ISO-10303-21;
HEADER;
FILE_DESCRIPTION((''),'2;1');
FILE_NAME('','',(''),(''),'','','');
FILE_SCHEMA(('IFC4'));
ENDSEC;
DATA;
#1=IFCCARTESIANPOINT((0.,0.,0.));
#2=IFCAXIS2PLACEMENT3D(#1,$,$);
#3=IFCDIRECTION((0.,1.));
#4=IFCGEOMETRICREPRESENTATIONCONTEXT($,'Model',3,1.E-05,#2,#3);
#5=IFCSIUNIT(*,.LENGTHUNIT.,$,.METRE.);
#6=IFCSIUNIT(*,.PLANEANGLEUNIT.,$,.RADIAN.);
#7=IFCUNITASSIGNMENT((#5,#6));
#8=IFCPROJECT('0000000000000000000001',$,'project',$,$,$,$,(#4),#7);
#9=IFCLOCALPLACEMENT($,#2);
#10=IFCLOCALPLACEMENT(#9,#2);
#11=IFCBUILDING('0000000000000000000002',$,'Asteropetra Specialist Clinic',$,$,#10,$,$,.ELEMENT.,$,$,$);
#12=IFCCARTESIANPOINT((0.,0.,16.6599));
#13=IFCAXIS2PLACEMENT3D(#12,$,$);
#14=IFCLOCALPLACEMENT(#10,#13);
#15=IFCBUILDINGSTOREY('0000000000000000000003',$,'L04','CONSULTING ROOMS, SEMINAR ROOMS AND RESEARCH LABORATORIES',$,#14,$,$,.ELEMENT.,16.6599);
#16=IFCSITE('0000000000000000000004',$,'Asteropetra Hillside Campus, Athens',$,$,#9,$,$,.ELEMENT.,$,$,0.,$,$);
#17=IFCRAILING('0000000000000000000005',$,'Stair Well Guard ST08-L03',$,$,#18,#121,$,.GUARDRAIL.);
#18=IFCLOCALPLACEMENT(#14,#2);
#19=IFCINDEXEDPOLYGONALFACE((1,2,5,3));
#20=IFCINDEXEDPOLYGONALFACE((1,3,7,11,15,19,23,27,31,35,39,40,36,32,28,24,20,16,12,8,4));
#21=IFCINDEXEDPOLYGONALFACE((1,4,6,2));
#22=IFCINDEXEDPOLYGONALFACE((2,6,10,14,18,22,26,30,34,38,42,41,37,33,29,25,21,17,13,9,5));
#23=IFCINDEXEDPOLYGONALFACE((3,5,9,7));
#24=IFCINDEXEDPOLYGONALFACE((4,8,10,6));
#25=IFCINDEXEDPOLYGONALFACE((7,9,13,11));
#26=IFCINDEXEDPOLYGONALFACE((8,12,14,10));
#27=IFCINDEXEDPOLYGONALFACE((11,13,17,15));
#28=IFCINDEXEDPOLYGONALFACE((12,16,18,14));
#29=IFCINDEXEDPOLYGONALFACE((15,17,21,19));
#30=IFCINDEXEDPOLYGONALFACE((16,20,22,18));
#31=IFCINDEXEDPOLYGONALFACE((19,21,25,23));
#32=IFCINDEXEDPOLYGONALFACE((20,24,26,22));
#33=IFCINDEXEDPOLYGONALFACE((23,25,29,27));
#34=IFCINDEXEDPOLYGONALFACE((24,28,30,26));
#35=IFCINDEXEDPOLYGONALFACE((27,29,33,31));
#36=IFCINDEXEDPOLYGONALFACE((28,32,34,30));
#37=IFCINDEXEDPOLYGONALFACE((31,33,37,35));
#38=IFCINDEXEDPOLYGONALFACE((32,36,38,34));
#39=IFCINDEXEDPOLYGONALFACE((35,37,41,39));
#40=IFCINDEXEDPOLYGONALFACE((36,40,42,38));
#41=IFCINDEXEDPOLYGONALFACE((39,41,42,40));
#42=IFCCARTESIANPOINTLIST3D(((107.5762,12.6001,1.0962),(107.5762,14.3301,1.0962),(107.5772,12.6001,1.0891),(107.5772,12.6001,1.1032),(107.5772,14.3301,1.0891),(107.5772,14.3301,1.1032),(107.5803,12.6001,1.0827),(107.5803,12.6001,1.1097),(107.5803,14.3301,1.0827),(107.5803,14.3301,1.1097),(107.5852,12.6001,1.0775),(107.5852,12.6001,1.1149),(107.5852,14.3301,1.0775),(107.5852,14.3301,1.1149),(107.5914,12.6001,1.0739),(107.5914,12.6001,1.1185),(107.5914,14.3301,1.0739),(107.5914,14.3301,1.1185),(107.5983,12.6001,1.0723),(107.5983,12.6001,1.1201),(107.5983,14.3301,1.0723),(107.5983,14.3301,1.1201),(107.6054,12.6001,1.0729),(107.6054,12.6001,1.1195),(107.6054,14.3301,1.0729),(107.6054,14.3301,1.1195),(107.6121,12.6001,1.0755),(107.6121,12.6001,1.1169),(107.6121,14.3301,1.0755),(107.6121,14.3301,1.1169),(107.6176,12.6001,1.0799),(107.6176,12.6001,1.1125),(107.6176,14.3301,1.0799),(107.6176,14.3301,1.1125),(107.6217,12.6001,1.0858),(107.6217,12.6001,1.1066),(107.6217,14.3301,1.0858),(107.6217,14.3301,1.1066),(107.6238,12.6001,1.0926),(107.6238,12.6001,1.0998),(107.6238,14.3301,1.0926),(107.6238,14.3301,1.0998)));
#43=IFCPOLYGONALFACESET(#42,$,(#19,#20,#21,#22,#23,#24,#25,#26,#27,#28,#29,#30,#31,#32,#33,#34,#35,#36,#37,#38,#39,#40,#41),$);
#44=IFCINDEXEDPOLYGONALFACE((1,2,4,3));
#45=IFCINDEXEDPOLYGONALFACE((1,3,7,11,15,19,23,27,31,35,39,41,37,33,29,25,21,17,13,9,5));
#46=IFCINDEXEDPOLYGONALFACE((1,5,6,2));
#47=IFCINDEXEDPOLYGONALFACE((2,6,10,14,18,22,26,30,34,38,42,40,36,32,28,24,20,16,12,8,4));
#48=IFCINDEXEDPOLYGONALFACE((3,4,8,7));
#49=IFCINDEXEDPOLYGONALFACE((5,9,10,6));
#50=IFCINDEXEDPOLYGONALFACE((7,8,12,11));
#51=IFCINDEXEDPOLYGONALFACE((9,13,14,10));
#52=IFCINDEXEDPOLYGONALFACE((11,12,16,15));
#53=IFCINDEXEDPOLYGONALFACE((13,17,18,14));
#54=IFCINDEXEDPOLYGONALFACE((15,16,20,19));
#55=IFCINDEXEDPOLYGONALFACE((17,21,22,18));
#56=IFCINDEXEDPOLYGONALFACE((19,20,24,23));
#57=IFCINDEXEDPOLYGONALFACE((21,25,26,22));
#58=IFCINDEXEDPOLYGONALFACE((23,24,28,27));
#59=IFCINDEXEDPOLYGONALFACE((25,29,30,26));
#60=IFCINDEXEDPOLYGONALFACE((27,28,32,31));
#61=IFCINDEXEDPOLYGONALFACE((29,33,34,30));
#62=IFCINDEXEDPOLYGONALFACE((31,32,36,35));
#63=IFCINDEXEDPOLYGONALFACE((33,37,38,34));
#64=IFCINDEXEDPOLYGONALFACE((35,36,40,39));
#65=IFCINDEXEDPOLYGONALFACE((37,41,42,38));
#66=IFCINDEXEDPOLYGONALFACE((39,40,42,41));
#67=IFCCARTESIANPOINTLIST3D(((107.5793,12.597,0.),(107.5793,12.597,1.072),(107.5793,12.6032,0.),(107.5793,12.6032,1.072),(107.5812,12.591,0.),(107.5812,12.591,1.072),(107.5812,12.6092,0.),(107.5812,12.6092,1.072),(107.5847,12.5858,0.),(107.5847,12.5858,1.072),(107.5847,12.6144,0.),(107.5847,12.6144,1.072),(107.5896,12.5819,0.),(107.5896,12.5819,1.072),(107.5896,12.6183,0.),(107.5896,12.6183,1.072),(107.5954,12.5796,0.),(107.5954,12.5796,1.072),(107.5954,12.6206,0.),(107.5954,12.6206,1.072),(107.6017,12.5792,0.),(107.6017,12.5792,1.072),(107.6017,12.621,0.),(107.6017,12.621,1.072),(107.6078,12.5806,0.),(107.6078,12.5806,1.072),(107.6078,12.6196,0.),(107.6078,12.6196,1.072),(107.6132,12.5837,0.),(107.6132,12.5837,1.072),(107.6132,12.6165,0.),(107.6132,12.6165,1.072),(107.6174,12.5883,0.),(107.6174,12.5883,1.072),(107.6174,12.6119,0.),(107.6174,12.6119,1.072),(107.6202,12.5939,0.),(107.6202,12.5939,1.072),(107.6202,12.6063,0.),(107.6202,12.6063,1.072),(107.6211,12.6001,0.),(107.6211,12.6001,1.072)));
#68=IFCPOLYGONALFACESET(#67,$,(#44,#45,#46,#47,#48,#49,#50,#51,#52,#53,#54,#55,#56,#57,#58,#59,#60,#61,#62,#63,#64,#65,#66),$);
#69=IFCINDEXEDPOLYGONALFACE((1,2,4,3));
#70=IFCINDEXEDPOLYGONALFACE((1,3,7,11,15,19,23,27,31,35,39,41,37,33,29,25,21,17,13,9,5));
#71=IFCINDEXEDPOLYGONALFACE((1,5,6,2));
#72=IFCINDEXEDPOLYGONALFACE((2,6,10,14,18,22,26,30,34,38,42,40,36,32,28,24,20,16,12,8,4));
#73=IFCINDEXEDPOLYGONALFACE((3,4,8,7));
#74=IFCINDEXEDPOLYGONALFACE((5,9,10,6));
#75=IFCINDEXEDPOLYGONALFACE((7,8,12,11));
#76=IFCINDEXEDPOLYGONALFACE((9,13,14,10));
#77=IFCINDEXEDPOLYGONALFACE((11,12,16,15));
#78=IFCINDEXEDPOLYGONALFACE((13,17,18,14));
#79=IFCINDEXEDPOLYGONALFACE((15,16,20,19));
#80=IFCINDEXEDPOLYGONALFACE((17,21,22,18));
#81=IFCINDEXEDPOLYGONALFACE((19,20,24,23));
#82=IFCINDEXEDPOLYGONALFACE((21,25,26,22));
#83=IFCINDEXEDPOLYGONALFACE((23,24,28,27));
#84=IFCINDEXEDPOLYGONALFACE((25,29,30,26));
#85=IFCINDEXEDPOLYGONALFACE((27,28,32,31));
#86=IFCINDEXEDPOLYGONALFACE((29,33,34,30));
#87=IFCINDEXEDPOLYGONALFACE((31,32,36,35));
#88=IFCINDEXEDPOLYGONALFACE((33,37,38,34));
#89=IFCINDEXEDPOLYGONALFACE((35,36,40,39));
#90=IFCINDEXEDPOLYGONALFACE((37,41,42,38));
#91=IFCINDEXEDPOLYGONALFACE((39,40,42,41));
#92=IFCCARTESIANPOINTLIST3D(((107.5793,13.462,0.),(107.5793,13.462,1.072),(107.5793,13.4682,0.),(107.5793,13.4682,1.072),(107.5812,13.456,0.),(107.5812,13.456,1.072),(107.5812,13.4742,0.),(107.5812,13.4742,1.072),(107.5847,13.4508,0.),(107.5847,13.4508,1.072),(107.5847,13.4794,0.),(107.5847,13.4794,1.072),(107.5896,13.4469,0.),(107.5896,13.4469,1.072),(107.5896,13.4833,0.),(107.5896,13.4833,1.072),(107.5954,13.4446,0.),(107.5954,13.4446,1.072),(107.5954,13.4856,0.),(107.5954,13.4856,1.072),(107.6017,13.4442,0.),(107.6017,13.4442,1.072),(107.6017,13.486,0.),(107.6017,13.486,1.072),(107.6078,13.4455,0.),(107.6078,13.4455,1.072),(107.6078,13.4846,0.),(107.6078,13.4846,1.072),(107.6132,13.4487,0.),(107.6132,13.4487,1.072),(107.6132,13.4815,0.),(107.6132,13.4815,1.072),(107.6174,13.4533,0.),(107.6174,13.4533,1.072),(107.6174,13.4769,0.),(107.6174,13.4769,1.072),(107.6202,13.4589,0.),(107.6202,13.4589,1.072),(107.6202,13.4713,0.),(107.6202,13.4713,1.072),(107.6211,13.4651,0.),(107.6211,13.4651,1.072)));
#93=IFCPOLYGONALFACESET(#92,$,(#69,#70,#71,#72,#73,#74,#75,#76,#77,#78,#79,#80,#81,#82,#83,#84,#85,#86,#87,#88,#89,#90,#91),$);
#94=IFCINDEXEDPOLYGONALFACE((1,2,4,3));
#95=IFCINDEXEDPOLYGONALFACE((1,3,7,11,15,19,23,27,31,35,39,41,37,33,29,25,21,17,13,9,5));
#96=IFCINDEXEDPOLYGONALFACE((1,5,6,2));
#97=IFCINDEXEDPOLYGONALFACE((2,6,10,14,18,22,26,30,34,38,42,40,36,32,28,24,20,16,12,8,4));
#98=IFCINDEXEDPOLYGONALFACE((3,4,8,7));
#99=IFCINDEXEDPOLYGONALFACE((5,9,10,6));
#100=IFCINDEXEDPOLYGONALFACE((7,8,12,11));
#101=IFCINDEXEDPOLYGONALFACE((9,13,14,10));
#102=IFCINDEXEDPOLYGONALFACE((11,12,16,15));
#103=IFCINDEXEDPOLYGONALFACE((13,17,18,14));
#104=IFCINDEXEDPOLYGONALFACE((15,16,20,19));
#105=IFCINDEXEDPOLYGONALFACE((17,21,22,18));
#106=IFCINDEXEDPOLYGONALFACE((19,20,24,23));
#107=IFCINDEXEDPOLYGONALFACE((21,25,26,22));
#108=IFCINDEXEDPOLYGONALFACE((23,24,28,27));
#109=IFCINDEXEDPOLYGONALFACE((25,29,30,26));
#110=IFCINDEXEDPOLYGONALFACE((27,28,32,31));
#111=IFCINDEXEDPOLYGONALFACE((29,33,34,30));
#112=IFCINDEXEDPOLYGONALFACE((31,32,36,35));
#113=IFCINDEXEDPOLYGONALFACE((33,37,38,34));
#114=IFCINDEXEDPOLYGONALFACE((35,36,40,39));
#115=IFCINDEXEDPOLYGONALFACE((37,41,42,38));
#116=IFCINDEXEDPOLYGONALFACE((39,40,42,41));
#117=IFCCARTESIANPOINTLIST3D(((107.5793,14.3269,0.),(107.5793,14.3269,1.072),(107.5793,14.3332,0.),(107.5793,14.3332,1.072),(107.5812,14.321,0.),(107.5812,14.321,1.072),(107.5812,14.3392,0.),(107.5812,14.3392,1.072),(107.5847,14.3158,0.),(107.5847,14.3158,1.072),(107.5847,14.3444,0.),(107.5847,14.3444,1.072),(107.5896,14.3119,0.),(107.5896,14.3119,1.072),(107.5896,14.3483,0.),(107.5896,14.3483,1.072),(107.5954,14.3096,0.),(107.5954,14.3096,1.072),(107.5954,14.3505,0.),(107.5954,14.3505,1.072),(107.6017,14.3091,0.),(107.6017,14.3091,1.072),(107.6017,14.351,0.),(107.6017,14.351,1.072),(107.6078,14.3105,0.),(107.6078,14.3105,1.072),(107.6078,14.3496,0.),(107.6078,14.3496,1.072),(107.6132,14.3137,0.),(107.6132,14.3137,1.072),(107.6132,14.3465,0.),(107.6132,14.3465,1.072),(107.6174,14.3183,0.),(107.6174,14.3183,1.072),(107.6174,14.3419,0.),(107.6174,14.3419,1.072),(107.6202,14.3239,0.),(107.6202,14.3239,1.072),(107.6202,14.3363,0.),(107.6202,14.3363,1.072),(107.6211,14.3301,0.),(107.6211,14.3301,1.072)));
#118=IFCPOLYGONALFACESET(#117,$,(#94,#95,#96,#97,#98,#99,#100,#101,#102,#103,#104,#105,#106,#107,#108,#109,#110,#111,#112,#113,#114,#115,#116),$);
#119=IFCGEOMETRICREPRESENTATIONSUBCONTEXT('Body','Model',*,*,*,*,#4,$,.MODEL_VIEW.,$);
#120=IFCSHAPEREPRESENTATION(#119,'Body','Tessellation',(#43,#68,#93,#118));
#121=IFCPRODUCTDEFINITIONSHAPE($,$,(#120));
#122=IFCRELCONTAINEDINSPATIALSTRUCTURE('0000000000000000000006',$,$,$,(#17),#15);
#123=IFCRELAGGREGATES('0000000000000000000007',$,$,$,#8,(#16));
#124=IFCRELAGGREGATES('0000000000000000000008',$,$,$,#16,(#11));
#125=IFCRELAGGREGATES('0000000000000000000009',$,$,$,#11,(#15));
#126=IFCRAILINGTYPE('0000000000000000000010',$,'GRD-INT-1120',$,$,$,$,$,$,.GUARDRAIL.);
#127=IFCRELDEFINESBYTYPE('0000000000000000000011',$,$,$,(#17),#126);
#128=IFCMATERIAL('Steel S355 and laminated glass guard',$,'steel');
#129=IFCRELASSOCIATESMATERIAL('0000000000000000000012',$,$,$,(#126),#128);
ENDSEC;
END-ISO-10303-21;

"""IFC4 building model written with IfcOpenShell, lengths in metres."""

from ifc_helpers import new_model, si_unit, direction, frame, origin, origin_2d, place, context, subcontext, project, spatial, circle, extrude, material, type_object, element, save


model = new_model("IFC4")

# Units and contexts
model_context = context("Model", 3, precision=1e-05, world=origin(), true_north=direction((0.0, 1.0)))
body_context = subcontext(model_context, "Body", "Model", "MODEL_VIEW")
ifc_project = project(units=[si_unit("LENGTHUNIT", "METRE"), si_unit("PLANEANGLEUNIT", "RADIAN")], contexts=[model_context])

# Site, building, storey
site_placement = place(None, origin())
site = spatial("IfcSite", under=ifc_project, at=site_placement, Name="Asteropetra Hillside Campus, Athens", CompositionType="ELEMENT", RefElevation=0.0)
building_placement = place(site_placement, origin())
building = spatial("IfcBuilding", under=site, at=building_placement, Name="Asteropetra Specialist Clinic", CompositionType="ELEMENT")
storey_placement = place(building_placement, frame((0.0, 0.0, 16.6599)))
storey = spatial("IfcBuildingStorey", under=building, at=storey_placement, Name="L04", Description="CONSULTING ROOMS, SEMINAR ROOMS AND RESEARCH LABORATORIES", CompositionType="ELEMENT", Elevation=16.6599)

# Railing
ifc_material_1 = material(Name="Steel S355 and laminated glass guard", Category="steel")
railing_type = type_object("IfcRailingType", Name="GRD-INT-1120", PredefinedType="GUARDRAIL", material=ifc_material_1)
railing_placement = place(storey_placement, frame((107.6001, 12.6001, 0.0)))
element("IfcRailing", 1, at=railing_placement, inside=storey, type_object=railing_type, Name="Stair Well Guard ST08-L03", PredefinedType="GUARDRAIL", context=body_context, shape_type="SweptSolid", body=[
    extrude(circle(Radius=0.0239, at=origin_2d()), frame((0.0, 0.0, 1.0962), z_axis=(0.0, 1.0, 0.0), x_axis=(-1.0, 0.0, 0.0)), (0.0, 0.0, 1.0), 1.73),
    extrude(circle(Radius=0.021, at=origin_2d()), origin(), (0.0, 0.0, 1.0), 1.072),
    extrude(circle(Radius=0.021, at=origin_2d()), frame((0.0, 0.865, 0.0)), (0.0, 0.0, 1.0), 1.072),
    extrude(circle(Radius=0.021, at=origin_2d()), frame((0.0, 1.73, 0.0)), (0.0, 0.0, 1.0), 1.072),
])

save(model, "model.ifc")
